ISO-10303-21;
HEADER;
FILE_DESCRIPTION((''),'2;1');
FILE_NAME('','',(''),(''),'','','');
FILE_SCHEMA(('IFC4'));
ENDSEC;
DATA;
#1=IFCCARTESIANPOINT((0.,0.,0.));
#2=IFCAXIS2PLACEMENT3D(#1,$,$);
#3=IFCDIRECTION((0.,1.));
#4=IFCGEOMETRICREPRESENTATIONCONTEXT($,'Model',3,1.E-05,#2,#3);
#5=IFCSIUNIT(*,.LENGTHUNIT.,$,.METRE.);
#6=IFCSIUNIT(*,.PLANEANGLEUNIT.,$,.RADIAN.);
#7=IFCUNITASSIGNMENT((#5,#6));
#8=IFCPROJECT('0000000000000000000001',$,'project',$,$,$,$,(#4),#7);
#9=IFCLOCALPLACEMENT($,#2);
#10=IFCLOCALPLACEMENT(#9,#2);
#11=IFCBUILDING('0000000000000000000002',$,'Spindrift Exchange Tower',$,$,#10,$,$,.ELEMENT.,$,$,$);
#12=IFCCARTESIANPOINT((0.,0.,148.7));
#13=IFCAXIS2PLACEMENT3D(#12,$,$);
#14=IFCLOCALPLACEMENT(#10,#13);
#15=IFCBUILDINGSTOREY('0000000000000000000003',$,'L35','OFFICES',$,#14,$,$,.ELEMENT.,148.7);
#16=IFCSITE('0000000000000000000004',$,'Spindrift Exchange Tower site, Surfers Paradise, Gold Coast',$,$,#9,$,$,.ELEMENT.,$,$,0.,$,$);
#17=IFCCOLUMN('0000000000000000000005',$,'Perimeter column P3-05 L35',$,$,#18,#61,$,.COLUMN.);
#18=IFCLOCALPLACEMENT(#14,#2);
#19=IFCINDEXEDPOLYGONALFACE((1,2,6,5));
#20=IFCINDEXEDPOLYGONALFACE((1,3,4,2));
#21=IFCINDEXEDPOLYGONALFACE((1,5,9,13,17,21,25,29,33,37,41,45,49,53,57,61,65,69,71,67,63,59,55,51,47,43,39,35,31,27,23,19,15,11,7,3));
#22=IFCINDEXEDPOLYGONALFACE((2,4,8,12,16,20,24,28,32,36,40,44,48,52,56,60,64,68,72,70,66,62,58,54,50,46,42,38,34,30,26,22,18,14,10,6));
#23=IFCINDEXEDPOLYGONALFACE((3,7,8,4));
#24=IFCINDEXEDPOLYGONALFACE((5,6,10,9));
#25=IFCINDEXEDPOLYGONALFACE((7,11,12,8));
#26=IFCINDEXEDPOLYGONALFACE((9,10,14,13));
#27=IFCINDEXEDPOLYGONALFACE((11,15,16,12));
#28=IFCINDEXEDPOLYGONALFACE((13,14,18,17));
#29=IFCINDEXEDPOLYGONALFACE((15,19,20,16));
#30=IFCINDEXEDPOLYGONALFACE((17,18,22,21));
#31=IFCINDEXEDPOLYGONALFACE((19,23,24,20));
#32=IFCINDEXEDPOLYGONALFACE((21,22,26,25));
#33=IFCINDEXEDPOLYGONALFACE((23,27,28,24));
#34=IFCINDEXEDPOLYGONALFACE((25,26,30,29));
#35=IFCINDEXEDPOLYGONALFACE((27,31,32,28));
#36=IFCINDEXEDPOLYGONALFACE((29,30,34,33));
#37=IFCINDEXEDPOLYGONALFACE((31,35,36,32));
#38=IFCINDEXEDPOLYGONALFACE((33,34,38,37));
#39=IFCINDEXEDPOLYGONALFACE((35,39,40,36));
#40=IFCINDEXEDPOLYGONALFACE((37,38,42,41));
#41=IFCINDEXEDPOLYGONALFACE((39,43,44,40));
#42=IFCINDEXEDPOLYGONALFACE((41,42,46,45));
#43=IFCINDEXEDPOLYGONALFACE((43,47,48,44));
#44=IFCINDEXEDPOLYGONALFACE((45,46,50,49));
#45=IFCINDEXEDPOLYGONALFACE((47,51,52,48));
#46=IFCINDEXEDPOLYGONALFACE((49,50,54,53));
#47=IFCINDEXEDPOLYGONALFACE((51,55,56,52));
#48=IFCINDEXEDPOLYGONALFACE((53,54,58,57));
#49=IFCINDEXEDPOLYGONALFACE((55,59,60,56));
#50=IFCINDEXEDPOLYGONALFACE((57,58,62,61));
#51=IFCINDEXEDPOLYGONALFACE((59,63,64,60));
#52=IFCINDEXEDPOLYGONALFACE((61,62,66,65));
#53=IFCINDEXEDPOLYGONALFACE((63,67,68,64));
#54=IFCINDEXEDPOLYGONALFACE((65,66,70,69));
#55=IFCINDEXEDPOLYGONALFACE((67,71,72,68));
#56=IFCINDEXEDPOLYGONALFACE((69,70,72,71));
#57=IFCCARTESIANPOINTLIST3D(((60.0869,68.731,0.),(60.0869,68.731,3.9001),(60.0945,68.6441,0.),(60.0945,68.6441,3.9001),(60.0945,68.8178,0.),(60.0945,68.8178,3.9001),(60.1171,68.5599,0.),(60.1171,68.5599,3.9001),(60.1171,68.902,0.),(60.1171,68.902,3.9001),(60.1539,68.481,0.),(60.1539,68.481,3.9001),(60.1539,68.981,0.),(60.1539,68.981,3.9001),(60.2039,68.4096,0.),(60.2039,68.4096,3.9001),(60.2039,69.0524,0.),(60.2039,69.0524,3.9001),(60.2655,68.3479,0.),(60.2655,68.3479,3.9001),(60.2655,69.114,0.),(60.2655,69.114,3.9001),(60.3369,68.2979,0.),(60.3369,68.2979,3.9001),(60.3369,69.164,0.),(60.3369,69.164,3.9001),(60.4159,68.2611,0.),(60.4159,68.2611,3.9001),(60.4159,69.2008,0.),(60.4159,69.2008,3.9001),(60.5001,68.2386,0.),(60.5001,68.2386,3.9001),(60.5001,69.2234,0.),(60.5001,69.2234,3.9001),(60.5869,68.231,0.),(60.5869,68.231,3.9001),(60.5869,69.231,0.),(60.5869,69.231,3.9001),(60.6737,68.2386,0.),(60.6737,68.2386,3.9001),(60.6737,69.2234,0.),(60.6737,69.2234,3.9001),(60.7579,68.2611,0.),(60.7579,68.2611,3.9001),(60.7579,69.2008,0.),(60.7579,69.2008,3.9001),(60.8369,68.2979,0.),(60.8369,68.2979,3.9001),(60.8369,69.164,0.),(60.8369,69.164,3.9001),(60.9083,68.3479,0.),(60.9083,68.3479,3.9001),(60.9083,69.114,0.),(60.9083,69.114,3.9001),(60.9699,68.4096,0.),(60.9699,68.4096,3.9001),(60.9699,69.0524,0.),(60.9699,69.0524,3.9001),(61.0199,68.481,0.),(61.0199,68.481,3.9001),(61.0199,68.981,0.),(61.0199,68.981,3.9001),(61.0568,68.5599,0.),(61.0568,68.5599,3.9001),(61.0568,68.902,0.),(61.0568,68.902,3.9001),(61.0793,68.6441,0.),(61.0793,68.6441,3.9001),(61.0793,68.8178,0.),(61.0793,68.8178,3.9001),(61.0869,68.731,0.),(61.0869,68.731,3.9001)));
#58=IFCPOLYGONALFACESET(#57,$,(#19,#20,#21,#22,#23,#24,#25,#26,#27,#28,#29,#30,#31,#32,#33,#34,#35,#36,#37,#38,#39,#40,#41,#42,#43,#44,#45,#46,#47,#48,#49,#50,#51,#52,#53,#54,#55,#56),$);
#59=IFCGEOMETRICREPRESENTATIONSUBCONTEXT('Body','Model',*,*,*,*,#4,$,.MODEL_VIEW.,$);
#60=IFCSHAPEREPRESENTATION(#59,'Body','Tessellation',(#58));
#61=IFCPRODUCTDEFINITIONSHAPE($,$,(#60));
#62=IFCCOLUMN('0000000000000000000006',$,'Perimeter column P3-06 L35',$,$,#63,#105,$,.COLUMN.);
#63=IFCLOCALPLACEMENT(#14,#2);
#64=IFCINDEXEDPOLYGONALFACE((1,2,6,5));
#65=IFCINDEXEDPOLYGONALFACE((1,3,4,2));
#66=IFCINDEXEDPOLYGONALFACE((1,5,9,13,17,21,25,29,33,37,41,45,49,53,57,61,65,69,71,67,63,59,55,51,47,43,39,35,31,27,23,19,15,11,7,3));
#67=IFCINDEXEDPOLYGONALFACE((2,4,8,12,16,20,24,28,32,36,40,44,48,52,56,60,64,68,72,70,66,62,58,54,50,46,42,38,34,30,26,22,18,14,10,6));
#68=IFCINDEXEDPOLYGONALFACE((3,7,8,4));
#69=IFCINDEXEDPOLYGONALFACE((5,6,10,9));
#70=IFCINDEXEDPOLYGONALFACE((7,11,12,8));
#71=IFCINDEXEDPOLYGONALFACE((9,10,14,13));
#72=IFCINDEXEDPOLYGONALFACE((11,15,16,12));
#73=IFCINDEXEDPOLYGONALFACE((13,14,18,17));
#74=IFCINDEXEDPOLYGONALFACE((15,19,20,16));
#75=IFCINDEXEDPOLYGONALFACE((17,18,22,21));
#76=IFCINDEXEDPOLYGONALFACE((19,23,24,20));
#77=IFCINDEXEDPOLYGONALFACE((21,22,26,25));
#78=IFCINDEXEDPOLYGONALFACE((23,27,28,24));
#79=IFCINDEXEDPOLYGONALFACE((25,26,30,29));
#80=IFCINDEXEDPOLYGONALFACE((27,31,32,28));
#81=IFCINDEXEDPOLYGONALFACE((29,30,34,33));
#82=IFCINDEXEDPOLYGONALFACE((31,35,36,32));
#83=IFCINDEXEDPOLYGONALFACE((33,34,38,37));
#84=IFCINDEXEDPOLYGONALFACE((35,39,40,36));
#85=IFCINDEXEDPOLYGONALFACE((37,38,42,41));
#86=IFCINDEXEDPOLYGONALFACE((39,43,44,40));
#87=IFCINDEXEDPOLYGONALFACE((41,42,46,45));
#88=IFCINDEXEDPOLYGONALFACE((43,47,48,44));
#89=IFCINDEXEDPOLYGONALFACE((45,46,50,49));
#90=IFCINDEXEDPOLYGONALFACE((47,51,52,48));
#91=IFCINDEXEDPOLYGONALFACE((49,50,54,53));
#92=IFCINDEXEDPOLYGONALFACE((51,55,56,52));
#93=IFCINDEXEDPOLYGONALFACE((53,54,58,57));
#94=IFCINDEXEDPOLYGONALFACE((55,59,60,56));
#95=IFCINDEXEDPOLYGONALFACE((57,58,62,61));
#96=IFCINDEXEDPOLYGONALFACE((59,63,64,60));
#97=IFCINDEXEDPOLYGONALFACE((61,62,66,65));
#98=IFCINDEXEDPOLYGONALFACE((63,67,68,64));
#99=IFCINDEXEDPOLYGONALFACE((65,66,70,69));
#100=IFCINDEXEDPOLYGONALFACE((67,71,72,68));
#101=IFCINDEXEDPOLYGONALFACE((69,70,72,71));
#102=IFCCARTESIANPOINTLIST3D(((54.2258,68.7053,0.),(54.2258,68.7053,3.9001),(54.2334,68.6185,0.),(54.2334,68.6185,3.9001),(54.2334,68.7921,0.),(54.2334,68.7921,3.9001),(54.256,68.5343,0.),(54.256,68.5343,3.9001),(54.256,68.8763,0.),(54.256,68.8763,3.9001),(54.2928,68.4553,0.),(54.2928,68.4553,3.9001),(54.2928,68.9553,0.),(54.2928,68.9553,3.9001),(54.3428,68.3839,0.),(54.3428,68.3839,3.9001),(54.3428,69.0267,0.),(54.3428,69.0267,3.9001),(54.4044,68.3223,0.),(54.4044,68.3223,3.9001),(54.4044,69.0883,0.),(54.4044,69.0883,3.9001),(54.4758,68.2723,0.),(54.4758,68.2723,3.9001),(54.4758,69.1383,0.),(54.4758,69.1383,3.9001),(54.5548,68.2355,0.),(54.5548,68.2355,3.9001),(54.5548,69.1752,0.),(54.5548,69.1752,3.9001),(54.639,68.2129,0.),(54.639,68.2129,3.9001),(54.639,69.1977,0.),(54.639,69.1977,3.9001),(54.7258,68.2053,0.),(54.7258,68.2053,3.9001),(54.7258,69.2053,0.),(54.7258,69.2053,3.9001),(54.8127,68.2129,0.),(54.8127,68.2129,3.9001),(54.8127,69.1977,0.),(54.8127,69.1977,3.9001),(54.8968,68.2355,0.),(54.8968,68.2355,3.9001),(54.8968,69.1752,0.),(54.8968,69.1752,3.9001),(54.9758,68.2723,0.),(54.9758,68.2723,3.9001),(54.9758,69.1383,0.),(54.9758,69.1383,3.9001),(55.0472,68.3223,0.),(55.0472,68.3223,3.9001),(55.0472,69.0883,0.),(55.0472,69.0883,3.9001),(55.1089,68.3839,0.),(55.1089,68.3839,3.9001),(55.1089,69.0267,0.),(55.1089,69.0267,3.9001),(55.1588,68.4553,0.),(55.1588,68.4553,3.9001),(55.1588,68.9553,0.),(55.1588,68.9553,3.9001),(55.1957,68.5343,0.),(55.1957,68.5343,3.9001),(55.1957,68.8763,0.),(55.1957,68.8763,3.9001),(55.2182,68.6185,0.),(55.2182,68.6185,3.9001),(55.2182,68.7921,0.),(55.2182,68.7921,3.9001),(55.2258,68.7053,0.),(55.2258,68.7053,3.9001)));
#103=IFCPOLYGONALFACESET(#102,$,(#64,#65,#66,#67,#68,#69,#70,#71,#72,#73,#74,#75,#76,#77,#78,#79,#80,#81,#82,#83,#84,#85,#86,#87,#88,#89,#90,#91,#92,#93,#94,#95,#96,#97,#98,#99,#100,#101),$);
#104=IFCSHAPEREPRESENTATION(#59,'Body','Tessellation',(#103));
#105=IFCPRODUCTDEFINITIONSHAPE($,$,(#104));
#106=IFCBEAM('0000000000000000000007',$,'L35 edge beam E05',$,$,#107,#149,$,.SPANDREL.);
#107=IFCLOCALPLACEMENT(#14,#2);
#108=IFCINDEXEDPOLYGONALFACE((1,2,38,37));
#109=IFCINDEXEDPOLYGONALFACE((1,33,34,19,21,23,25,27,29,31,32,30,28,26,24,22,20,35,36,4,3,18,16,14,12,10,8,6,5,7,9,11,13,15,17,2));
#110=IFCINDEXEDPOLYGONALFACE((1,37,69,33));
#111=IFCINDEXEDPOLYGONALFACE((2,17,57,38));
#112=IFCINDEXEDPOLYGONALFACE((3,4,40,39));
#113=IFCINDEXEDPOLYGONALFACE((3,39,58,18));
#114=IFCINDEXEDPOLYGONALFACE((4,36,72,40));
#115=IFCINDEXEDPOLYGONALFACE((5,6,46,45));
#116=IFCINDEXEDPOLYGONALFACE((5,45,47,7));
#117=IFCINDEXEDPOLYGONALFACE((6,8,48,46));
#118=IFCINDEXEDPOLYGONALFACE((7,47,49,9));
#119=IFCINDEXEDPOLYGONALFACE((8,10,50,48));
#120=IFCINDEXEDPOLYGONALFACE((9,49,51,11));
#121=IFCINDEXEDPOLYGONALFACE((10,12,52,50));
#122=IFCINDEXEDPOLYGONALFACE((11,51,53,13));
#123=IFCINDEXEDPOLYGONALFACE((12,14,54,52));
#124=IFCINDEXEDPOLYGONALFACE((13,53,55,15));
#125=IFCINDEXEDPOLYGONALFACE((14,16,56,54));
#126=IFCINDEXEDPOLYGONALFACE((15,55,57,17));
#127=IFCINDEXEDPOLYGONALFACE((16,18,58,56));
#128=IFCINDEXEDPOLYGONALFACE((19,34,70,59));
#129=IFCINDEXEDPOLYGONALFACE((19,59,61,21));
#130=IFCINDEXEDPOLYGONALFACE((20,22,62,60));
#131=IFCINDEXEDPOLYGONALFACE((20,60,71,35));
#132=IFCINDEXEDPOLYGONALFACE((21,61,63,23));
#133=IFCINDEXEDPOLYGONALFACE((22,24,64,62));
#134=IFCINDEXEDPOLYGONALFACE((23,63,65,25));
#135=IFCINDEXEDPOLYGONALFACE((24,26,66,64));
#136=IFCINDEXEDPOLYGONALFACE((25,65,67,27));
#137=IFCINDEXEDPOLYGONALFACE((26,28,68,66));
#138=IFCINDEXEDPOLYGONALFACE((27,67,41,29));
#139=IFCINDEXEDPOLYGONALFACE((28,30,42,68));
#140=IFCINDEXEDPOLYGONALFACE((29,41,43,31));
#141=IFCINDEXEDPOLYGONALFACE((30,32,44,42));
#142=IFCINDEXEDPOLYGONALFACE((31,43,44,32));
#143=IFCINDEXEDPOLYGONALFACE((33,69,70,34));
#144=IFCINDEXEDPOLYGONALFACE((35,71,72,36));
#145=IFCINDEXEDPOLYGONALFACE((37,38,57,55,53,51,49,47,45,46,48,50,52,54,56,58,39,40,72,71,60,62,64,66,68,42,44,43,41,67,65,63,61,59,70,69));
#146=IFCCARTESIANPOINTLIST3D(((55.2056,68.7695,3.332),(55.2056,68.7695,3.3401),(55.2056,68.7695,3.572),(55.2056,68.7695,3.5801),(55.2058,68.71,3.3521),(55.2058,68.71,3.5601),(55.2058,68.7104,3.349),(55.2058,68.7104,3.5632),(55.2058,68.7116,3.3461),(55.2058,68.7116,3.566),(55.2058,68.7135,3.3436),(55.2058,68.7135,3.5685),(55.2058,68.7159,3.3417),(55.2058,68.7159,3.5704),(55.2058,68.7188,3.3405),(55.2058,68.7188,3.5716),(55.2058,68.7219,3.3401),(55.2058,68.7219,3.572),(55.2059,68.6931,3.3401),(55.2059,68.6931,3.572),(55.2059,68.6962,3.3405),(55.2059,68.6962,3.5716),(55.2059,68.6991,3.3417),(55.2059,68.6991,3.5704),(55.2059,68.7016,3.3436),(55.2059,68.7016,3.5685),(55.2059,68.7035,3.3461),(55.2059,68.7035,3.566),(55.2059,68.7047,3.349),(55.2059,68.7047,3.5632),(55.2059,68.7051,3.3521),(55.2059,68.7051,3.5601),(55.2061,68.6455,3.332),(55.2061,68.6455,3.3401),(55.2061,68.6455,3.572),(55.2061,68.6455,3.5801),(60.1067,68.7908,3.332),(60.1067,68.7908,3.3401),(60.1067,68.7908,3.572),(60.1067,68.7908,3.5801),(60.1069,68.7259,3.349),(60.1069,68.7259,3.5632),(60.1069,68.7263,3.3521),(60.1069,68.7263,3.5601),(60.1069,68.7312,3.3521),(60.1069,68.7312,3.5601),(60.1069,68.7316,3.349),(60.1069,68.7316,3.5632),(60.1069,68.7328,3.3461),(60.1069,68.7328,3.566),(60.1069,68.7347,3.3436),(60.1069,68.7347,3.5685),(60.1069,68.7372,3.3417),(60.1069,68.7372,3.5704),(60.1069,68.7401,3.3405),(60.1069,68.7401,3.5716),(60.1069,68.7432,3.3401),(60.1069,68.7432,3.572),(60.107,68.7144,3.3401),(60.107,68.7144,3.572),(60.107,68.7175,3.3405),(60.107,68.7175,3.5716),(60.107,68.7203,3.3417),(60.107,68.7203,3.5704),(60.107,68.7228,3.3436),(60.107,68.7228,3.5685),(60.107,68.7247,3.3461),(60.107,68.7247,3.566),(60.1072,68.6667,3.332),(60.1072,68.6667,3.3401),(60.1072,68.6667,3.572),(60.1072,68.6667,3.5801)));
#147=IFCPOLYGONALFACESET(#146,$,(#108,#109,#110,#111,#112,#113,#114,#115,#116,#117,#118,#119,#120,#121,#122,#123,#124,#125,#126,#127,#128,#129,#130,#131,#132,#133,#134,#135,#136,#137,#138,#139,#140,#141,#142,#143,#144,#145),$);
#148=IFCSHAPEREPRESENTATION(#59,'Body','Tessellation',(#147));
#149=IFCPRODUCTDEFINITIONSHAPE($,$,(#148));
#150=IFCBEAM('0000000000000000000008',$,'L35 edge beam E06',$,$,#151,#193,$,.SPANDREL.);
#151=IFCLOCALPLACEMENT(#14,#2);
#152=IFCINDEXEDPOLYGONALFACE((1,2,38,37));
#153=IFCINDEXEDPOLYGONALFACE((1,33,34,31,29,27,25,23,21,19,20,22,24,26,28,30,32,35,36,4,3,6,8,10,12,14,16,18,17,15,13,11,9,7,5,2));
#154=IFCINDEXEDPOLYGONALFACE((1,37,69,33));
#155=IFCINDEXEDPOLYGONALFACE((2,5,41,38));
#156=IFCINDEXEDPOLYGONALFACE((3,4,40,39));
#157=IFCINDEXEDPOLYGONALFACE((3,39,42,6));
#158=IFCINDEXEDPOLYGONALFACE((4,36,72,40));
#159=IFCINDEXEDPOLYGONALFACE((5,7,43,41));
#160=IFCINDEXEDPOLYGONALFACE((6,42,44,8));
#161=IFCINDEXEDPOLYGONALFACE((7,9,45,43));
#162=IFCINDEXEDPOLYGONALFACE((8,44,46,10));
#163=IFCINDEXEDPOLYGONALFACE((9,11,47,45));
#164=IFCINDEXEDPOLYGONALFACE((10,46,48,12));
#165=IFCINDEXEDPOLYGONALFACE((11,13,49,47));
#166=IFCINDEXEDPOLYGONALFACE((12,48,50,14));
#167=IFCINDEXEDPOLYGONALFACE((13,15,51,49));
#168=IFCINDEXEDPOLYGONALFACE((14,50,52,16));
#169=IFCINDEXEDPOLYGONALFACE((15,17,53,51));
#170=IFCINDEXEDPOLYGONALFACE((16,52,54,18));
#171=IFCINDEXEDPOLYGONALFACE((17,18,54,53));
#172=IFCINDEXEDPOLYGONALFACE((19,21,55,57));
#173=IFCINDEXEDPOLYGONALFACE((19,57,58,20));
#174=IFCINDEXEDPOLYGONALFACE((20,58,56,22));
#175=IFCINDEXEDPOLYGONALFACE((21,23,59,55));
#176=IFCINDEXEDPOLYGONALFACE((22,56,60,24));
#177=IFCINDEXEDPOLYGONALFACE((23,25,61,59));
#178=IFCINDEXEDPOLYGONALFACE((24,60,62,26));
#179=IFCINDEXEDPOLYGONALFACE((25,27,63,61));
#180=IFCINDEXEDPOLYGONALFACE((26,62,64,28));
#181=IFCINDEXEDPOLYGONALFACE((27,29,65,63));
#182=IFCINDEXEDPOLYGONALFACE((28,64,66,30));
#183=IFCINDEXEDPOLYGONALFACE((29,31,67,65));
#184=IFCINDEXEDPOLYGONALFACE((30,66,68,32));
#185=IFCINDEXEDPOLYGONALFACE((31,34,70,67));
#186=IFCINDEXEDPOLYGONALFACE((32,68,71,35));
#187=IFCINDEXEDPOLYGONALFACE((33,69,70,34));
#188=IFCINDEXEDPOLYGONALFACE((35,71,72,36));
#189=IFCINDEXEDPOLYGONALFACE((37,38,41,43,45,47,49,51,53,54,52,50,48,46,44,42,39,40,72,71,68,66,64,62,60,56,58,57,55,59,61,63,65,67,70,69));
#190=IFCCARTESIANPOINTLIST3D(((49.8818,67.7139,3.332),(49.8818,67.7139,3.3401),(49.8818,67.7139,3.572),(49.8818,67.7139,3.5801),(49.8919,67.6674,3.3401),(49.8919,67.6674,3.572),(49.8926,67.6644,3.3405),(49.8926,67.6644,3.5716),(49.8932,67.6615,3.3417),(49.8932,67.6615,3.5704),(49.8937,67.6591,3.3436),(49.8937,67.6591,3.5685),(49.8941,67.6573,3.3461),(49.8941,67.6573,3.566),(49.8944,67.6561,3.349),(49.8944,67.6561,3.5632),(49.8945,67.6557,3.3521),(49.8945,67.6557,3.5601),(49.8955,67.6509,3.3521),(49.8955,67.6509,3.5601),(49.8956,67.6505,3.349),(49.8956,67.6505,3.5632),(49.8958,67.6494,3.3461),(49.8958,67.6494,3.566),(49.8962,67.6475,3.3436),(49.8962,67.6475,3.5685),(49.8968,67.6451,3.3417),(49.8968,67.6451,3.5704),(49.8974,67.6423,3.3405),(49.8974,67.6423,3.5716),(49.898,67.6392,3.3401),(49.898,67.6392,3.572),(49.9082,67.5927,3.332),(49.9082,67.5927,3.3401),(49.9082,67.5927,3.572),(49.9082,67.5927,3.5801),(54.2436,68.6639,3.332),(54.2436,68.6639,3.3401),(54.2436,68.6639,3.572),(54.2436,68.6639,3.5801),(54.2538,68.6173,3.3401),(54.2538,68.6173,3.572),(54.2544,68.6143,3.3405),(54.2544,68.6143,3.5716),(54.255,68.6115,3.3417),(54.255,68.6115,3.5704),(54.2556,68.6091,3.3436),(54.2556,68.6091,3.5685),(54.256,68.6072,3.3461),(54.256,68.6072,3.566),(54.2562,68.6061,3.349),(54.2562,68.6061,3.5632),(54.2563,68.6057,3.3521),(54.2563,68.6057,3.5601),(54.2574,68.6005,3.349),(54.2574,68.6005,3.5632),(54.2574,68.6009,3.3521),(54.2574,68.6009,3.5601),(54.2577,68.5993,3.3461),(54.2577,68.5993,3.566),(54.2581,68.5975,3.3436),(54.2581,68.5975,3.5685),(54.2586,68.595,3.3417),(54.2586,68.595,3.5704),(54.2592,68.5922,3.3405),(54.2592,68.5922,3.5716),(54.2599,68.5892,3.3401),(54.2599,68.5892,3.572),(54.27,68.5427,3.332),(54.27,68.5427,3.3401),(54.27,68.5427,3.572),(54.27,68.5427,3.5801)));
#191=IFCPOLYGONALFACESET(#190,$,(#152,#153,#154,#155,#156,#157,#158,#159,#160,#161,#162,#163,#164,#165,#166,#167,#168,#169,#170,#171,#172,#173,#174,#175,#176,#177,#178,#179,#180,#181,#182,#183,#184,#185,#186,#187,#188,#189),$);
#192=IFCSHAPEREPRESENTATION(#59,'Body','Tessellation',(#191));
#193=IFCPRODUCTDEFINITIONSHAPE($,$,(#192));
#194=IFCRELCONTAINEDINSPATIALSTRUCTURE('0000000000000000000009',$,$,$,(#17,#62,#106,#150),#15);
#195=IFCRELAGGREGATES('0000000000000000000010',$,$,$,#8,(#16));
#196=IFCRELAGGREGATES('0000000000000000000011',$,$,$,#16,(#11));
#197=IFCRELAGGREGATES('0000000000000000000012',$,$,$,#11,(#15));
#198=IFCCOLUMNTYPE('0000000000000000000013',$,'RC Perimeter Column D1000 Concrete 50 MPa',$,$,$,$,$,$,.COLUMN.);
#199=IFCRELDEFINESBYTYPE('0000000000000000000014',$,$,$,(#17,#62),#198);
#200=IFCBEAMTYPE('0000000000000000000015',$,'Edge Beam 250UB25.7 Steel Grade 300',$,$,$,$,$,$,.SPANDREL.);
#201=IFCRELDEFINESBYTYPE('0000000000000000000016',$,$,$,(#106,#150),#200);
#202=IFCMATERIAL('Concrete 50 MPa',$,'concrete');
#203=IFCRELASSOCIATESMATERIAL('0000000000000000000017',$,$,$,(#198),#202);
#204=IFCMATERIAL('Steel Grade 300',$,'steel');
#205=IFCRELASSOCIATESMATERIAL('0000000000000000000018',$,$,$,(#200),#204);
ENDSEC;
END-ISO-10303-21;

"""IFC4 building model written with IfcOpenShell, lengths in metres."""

from ifc_helpers import new_model, si_unit, direction, frame, origin, origin_2d, place, context, subcontext, project, spatial, circle, i_section, extrude, source, transform, mapped, material, material_profile, profile_set, type_object, element, save


model = new_model("IFC4")

# Units and contexts
model_context = context("Model", 3, precision=1e-05, world=origin(), true_north=direction((0.0, 1.0)))
body_context = subcontext(model_context, "Body", "Model", "MODEL_VIEW")
ifc_project = project(units=[si_unit("LENGTHUNIT", "METRE"), si_unit("PLANEANGLEUNIT", "RADIAN")], contexts=[model_context])

# Site, building, storey
site_placement = place(None, origin())
site = spatial("IfcSite", under=ifc_project, at=site_placement, Name="Spindrift Exchange Tower site, Surfers Paradise, Gold Coast", CompositionType="ELEMENT", RefElevation=0.0)
building_placement = place(site_placement, origin())
building = spatial("IfcBuilding", under=site, at=building_placement, Name="Spindrift Exchange Tower", CompositionType="ELEMENT")
storey_placement = place(building_placement, frame((0.0, 0.0, 148.7)))
storey = spatial("IfcBuildingStorey", under=building, at=storey_placement, Name="L35", Description="OFFICES", CompositionType="ELEMENT", Elevation=148.7)

# Columns
ifc_material_1 = material(Name="Concrete 50 MPa", Category="concrete")
ifc_material_profile_1 = material_profile(ifc_material_1, circle(Radius=0.5, at=origin_2d()), Name="RC D1000")
ifc_profile_set_1 = profile_set([ifc_material_profile_1], Name="Concrete 50 MPa")
column_type = type_object("IfcColumnType", Name="RC Perimeter Column D1000 Concrete 50 MPa", PredefinedType="COLUMN", material=ifc_profile_set_1)
shared_shape_1 = source(origin(), body_context, "Body", "SweptSolid", [
    extrude(circle(Radius=0.5, at=origin_2d()), origin(), (0.0, 0.0, 1.0), 3.9001),
])
for number, where, z_axis, x_axis, name in (
    (1, (60.5869, 68.731, 0.0), (0.0, 0.0, 1.0), (1.0, 0.0, 0.0), "Perimeter column P3-05 L35"),
    (2, (54.7258, 68.7053, 0.0), (0.0, 0.0, 1.0), (1.0, 0.0, 0.0), "Perimeter column P3-06 L35"),
):
    element("IfcColumn", number, at=place(storey_placement, frame(where, z_axis=z_axis, x_axis=x_axis)), inside=storey, type_object=column_type, Name=name, PredefinedType="COLUMN", context=body_context, shape_type="MappedRepresentation", body=[
        mapped(shared_shape_1, transform((0.0, 0.0, 0.0), scale=1.0)),
    ])

# Beams
ifc_material_2 = material(Name="Steel Grade 300", Category="steel")
ifc_material_profile_2 = material_profile(ifc_material_2, i_section(OverallWidth=0.124, OverallDepth=0.248, WebThickness=0.0049, FlangeThickness=0.0081, FilletRadius=0.012, at=origin_2d()), Name="250UB25.7")
ifc_profile_set_2 = profile_set([ifc_material_profile_2], Name="Steel Grade 300")
beam_type_1 = type_object("IfcBeamType", Name="Edge Beam 250UB25.7 Steel Grade 300", PredefinedType="SPANDREL", material=ifc_profile_set_2)
shared_shape_2 = source(origin(), body_context, "Body", "SweptSolid", [
    extrude(i_section(OverallWidth=0.124, OverallDepth=0.248, WebThickness=0.0049, FlangeThickness=0.0081, FilletRadius=0.012, at=origin_2d()), origin(), (0.0, 0.0, 1.0), 4.9011),
])
beam_1_placement = place(storey_placement, frame((60.1069, 68.7288, 3.4561), z_axis=(-0.999991, -0.004334, 0.0), x_axis=(0.004334, -0.999991, 0.0)))
element("IfcBeam", 3, at=beam_1_placement, inside=storey, type_object=beam_type_1, Name="L35 edge beam E05", PredefinedType="SPANDREL", context=body_context, shape_type="MappedRepresentation", body=[
    mapped(shared_shape_2, transform((0.0, 0.0, 0.0), scale=1.0)),
])
shared_shape_3 = source(origin(), body_context, "Body", "SweptSolid", [
    extrude(i_section(OverallWidth=0.124, OverallDepth=0.248, WebThickness=0.0049, FlangeThickness=0.0081, FilletRadius=0.012, at=origin_2d()), origin(), (0.0, 0.0, 1.0), 4.4641),
])
beam_2_placement = place(storey_placement, frame((54.2568, 68.6033, 3.4561), z_axis=(-0.977096, -0.2128, 0.0), x_axis=(0.2128, -0.977096, 0.0)))
element("IfcBeam", 4, at=beam_2_placement, inside=storey, type_object=beam_type_1, Name="L35 edge beam E06", PredefinedType="SPANDREL", context=body_context, shape_type="MappedRepresentation", body=[
    mapped(shared_shape_3, transform((0.0, 0.0, 0.0), scale=1.0)),
])

save(model, "model.ifc")
